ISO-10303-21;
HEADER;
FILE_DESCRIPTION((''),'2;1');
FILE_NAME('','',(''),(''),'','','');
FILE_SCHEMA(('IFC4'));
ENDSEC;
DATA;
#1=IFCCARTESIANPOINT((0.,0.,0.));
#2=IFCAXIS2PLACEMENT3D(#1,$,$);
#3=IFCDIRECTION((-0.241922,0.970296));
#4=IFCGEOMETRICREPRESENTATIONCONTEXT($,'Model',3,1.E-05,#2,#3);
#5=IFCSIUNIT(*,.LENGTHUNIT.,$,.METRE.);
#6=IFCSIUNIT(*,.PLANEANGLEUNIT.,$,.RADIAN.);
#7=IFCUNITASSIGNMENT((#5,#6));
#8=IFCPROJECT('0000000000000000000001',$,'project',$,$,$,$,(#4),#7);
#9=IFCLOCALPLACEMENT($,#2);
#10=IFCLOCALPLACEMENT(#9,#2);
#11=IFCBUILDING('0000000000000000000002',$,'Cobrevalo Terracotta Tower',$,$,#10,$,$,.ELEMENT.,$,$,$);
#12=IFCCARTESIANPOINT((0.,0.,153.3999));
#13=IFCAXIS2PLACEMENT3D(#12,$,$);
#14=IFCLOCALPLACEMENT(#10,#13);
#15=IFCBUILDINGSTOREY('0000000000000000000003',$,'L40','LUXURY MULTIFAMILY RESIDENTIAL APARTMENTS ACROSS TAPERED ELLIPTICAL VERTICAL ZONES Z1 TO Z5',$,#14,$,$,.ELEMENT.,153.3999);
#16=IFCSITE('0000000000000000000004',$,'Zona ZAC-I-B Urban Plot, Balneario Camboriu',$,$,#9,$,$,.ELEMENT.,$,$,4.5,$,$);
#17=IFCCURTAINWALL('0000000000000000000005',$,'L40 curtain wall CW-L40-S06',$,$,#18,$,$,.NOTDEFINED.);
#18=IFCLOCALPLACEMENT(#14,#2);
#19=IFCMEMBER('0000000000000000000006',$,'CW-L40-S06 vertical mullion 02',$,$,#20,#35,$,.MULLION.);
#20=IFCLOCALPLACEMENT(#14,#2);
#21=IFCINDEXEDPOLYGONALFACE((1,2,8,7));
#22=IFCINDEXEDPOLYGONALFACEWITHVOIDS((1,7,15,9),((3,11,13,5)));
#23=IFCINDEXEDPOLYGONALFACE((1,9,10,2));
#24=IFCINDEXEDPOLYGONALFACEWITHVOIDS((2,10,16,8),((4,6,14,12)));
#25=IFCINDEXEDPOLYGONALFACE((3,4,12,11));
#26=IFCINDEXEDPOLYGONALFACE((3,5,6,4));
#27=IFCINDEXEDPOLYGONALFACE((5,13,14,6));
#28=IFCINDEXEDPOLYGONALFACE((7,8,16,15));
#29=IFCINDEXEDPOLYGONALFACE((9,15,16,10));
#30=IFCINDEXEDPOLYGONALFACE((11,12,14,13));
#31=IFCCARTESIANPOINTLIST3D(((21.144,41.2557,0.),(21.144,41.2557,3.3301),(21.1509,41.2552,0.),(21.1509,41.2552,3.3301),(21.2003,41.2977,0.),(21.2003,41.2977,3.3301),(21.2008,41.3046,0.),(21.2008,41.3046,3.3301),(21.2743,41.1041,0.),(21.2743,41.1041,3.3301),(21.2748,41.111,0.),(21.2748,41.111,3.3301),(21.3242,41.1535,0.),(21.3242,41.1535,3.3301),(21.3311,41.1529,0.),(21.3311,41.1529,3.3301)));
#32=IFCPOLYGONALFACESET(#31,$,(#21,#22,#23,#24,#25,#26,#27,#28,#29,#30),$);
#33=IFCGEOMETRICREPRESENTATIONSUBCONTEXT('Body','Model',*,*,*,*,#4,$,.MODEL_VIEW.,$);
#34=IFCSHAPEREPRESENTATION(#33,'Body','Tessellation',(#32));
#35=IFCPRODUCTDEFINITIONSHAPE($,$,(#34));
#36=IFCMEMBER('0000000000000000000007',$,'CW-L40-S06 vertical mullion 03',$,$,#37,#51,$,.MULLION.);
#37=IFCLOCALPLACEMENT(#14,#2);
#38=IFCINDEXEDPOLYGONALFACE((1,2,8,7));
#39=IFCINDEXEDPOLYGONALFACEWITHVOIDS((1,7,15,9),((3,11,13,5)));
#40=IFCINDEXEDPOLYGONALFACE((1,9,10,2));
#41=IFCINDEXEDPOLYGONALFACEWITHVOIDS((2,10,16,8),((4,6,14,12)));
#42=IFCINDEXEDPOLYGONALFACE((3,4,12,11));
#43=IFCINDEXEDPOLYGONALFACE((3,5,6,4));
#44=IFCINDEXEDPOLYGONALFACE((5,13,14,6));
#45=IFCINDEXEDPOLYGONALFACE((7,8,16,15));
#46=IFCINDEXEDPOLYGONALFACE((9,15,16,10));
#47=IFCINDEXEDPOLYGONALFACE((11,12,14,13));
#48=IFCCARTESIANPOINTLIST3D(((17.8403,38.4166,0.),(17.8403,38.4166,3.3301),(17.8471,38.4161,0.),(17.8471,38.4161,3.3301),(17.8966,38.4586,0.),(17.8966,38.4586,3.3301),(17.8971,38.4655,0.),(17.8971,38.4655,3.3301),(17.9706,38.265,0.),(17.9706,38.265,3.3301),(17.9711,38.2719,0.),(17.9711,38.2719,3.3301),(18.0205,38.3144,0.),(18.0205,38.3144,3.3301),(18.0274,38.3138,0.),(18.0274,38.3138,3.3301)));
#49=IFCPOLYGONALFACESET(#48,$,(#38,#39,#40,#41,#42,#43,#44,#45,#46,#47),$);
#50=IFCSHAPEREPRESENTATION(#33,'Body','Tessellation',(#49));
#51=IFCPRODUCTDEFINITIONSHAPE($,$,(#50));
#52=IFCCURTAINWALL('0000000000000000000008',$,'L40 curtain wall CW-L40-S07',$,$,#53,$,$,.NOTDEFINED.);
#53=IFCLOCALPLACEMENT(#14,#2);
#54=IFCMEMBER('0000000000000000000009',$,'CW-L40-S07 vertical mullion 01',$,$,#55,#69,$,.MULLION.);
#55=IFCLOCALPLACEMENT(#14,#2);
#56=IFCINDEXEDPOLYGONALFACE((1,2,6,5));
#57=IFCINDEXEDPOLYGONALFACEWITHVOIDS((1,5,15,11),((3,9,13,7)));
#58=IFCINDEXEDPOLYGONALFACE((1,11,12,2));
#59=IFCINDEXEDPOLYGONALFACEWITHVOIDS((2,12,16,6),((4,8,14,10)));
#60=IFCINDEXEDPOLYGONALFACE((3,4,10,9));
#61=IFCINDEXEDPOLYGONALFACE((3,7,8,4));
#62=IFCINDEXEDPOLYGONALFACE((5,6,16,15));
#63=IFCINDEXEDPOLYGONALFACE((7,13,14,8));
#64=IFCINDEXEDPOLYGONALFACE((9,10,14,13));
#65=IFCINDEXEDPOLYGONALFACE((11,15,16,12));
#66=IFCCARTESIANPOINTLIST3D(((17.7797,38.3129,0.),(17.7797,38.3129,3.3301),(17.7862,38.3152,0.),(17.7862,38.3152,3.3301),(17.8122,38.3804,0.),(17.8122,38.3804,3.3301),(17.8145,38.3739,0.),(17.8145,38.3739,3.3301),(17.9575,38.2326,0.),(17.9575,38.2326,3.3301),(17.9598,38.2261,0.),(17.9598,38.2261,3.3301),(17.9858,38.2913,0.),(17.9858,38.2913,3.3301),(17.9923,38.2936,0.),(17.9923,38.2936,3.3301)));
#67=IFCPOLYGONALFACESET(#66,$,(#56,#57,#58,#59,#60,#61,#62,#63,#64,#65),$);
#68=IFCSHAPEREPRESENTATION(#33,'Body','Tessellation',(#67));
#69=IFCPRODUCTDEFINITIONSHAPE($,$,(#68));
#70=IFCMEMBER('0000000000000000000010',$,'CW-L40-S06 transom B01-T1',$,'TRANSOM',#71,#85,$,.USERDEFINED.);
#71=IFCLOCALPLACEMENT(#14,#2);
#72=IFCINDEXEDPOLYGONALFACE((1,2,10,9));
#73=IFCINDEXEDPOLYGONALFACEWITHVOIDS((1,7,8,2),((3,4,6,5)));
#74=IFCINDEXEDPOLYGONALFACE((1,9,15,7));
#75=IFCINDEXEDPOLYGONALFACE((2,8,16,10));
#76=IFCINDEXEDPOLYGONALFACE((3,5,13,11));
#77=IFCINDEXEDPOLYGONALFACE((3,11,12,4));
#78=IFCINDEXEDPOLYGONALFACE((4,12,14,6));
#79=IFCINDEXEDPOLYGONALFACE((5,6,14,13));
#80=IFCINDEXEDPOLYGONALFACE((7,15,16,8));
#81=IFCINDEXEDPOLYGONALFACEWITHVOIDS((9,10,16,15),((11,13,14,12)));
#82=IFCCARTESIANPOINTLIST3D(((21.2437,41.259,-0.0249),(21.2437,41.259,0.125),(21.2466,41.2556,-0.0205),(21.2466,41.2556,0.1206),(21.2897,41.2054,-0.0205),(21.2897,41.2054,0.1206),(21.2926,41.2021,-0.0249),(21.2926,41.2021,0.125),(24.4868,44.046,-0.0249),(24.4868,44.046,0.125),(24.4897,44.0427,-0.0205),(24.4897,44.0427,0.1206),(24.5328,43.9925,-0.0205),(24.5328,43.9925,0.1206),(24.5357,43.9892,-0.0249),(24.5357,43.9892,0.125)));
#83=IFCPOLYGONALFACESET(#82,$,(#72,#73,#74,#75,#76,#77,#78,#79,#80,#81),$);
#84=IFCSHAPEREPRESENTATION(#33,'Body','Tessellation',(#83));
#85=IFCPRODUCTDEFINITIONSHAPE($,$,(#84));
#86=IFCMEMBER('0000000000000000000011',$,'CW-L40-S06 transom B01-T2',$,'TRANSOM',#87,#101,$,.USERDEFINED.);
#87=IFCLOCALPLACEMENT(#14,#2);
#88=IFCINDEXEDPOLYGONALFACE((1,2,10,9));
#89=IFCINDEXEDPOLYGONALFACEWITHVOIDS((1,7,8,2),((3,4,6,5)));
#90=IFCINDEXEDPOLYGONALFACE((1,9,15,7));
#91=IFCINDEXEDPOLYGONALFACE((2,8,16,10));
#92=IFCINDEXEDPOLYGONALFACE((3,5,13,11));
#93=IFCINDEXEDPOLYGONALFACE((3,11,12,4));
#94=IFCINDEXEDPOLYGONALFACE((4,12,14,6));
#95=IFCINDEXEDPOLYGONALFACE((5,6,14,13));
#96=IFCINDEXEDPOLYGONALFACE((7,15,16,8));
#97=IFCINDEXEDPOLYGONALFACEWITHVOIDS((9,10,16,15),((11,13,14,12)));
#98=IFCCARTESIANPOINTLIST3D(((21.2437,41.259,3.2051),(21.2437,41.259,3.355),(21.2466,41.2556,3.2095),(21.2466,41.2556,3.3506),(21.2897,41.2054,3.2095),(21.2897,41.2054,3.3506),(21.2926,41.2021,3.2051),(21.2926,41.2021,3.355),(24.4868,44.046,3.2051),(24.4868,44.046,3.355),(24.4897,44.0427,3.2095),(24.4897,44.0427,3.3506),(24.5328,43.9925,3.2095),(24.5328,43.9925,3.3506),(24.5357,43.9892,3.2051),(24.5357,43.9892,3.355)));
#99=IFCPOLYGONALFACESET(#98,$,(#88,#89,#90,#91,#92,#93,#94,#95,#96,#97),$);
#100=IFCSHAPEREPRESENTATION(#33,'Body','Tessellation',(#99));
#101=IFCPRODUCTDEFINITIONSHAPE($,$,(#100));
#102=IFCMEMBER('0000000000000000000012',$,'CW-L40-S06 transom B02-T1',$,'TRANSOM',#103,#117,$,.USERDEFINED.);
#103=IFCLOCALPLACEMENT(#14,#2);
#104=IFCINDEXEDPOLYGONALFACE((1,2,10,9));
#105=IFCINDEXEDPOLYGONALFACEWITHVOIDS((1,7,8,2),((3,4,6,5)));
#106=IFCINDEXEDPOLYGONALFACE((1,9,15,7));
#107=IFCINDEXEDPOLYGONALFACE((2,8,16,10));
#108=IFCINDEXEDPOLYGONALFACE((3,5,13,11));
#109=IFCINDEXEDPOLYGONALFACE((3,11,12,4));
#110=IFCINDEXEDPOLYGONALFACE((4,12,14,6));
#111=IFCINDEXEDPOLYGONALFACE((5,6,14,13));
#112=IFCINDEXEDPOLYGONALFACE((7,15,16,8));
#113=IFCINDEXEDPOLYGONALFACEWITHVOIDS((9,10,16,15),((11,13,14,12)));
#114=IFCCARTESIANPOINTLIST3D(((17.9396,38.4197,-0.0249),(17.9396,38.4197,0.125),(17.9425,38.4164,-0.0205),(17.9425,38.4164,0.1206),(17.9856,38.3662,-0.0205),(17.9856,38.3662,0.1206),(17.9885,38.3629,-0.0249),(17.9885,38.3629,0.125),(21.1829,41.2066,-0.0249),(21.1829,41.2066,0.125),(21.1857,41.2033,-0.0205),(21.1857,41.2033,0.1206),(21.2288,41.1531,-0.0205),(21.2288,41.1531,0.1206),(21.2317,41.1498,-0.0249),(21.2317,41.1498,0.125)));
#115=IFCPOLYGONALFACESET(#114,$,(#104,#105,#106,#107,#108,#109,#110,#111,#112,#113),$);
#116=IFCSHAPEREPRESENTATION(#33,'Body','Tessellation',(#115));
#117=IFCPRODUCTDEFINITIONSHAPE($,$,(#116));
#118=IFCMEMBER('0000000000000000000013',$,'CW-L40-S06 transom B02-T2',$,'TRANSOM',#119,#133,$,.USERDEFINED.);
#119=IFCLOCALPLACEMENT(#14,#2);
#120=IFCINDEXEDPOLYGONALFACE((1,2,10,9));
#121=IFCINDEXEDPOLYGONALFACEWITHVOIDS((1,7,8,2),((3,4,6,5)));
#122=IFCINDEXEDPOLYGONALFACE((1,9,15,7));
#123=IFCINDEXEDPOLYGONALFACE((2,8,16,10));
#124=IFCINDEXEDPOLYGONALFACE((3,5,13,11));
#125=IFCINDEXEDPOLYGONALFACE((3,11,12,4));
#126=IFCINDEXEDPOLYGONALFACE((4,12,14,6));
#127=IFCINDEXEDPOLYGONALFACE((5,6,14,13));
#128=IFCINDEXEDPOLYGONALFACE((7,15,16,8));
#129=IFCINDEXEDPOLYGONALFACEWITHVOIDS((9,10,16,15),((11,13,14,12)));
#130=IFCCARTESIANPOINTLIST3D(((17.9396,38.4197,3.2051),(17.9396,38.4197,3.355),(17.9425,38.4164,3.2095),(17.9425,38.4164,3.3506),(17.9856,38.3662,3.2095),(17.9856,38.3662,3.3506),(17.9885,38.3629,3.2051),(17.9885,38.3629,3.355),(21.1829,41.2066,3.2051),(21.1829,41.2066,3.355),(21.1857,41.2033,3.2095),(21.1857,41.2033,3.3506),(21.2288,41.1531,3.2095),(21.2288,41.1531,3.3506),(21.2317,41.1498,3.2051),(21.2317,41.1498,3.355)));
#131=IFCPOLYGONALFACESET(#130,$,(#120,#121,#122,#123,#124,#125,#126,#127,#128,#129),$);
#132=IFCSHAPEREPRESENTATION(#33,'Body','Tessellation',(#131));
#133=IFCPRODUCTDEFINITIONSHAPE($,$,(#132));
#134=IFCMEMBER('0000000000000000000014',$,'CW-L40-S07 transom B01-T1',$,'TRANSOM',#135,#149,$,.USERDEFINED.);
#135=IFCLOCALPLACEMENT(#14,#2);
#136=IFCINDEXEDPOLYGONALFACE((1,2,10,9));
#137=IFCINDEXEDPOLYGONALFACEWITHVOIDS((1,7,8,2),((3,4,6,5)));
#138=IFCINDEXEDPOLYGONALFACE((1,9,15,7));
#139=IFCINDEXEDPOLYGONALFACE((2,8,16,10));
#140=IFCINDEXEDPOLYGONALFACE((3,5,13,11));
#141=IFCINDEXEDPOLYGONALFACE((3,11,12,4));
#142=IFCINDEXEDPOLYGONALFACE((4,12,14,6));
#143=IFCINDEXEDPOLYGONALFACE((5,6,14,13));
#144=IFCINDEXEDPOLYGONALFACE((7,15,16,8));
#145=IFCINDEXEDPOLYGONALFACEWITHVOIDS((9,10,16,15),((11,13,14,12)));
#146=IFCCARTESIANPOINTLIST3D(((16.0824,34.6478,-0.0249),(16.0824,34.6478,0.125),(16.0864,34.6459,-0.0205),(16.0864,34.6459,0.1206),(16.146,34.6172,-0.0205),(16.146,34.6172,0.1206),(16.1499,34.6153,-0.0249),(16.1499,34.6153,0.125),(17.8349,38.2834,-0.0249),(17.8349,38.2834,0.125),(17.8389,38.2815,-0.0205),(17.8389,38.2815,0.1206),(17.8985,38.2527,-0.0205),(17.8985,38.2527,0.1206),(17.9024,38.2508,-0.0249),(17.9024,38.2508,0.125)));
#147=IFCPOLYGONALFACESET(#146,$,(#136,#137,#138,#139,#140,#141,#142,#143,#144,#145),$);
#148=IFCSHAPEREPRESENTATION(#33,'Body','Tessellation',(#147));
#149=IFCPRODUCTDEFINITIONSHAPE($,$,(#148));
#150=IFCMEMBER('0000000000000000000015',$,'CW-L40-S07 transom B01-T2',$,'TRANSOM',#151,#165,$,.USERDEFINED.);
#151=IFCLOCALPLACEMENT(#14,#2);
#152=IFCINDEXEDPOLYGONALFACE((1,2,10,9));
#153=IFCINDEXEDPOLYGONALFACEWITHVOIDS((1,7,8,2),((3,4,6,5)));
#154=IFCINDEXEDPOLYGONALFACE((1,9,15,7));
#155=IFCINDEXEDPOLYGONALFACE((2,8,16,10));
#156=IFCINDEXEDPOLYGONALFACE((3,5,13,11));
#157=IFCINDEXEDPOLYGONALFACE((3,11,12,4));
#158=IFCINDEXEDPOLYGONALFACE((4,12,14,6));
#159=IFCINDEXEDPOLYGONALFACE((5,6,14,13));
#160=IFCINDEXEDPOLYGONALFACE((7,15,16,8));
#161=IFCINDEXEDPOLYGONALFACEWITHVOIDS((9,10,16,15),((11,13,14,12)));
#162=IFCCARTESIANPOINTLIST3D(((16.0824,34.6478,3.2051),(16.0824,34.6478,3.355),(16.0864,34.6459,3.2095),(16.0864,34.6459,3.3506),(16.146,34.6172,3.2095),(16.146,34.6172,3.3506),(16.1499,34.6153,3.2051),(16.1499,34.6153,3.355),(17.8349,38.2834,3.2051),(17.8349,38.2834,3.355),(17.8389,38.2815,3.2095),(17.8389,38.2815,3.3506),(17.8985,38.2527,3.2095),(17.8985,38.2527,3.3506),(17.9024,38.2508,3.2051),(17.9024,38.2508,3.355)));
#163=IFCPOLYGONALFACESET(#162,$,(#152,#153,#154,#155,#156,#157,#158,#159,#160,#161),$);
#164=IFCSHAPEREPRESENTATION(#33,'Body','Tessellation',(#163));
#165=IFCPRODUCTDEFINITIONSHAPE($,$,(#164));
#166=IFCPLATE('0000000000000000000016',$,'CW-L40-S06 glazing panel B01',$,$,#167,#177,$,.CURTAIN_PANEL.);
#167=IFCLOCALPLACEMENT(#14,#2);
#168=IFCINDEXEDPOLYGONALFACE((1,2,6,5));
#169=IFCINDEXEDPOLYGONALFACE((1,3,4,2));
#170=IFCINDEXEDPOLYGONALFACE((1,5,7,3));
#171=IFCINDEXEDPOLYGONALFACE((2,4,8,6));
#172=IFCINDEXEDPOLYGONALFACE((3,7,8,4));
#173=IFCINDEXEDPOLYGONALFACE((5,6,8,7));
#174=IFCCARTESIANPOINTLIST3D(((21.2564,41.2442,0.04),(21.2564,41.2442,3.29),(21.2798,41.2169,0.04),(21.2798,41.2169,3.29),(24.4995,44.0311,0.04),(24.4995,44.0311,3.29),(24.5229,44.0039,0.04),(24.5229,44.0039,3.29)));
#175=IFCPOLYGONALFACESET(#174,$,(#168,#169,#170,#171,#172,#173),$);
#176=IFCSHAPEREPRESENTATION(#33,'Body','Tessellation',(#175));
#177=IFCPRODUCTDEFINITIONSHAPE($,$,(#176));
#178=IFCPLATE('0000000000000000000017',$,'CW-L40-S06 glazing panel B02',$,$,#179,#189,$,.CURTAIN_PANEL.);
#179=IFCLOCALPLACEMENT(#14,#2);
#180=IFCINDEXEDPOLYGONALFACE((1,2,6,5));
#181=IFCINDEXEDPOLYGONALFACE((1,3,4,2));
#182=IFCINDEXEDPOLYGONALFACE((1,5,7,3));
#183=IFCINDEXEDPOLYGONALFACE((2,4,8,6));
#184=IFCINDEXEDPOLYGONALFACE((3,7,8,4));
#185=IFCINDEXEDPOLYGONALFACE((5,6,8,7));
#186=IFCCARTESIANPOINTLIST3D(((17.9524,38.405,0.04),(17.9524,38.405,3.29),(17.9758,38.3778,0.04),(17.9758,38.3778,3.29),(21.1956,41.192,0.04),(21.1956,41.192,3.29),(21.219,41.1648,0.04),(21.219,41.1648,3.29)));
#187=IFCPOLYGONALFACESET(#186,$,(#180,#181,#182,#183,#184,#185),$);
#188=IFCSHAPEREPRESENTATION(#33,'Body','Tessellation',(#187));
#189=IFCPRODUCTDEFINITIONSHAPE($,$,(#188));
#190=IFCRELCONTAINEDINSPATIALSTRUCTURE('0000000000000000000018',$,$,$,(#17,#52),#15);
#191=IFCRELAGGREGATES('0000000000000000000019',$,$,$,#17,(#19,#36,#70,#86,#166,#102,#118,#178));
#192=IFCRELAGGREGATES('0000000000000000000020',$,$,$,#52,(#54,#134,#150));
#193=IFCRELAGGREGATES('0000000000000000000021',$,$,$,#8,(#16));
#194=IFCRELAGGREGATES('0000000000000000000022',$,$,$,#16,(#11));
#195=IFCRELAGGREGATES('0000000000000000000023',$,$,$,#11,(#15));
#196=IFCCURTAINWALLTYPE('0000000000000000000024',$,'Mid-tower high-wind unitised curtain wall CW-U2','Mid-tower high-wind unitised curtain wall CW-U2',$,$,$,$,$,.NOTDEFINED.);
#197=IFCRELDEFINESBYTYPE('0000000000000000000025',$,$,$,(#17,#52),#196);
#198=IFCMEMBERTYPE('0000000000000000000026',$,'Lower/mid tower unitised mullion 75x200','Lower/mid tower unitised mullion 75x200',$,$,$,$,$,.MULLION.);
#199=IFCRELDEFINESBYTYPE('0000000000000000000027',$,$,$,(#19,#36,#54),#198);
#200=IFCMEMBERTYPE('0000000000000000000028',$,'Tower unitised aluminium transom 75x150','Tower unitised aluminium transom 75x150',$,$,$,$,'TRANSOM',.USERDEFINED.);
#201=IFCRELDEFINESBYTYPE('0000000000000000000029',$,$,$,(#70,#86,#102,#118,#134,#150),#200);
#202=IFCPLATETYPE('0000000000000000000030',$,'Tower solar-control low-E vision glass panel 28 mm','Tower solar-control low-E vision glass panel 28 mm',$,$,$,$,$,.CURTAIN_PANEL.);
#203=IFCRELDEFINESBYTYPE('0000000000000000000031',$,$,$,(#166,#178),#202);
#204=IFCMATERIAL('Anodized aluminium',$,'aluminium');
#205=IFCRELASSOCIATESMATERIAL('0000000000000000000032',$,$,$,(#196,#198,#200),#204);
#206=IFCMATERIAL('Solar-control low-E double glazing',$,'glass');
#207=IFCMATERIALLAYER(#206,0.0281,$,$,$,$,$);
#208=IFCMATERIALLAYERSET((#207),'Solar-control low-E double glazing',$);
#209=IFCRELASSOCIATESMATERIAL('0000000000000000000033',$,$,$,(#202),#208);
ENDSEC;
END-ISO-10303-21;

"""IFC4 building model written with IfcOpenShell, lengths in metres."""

from ifc_helpers import new_model, si_unit, direction, frame, origin, origin_2d, place, context, subcontext, project, spatial, rectangle, hollow_rectangle, extrude, source, transform, mapped, material, layer, layer_set, material_profile, profile_set, type_object, element, aggregate, save


model = new_model("IFC4")

# Units and contexts
model_context = context("Model", 3, precision=1e-05, world=origin(), true_north=direction((-0.241922, 0.970296)))
body_context = subcontext(model_context, "Body", "Model", "MODEL_VIEW")
ifc_project = project(units=[si_unit("LENGTHUNIT", "METRE"), si_unit("PLANEANGLEUNIT", "RADIAN")], contexts=[model_context])

# Site, building, storey
site_placement = place(None, origin())
site = spatial("IfcSite", under=ifc_project, at=site_placement, Name="Zona ZAC-I-B Urban Plot, Balneario Camboriu", CompositionType="ELEMENT", RefElevation=4.5)
building_placement = place(site_placement, origin())
building = spatial("IfcBuilding", under=site, at=building_placement, Name="Cobrevalo Terracotta Tower", CompositionType="ELEMENT")
storey_placement = place(building_placement, frame((0.0, 0.0, 153.3999)))
storey = spatial("IfcBuildingStorey", under=building, at=storey_placement, Name="L40", Description="LUXURY MULTIFAMILY RESIDENTIAL APARTMENTS ACROSS TAPERED ELLIPTICAL VERTICAL ZONES Z1 TO Z5", CompositionType="ELEMENT", Elevation=153.3999)

# Shared definitions
ifc_material_1 = material(Name="Anodized aluminium", Category="aluminium")
curtain_wall_type = type_object("IfcCurtainWallType", Name="Mid-tower high-wind unitised curtain wall CW-U2", Description="Mid-tower high-wind unitised curtain wall CW-U2", PredefinedType="NOTDEFINED", material=ifc_material_1)
ifc_material_profile_1 = material_profile(ifc_material_1, hollow_rectangle(XDim=0.075, YDim=0.2, WallThickness=0.0049, at=origin_2d()), Name="CWM 75x200")
ifc_profile_set_1 = profile_set([ifc_material_profile_1], Name="Anodized aluminium")
member_type_1 = type_object("IfcMemberType", Name="Lower/mid tower unitised mullion 75x200", Description="Lower/mid tower unitised mullion 75x200", PredefinedType="MULLION", material=ifc_profile_set_1)
shared_shape_1 = source(origin(), body_context, "Body", "SweptSolid", [
    extrude(hollow_rectangle(XDim=0.075, YDim=0.2, WallThickness=0.0049, at=origin_2d()), origin(), (0.0, 0.0, 1.0), 3.3301),
])

# Curtain wall, members
curtain_wall_1_placement = place(storey_placement, origin())
curtain_wall_1 = element("IfcCurtainWall", 1, at=curtain_wall_1_placement, inside=storey, type_object=curtain_wall_type, Name="L40 curtain wall CW-L40-S06", PredefinedType="NOTDEFINED")
member_1_placement = place(storey_placement, frame((21.2375, 41.2043, 0.0), z_axis=(0.0, 0.0, 1.0), x_axis=(-0.758442, -0.651741, 0.0)))
member_1 = element("IfcMember", 2, at=member_1_placement, type_object=member_type_1, Name="CW-L40-S06 vertical mullion 02", PredefinedType="MULLION", context=body_context, shape_type="MappedRepresentation", body=[
    mapped(shared_shape_1, transform((0.0, 0.0, 0.0), scale=1.0)),
])
member_2_placement = place(storey_placement, frame((17.9338, 38.3652, 0.0), z_axis=(0.0, 0.0, 1.0), x_axis=(-0.758442, -0.651741, 0.0)))
member_2 = element("IfcMember", 3, at=member_2_placement, type_object=member_type_1, Name="CW-L40-S06 vertical mullion 03", PredefinedType="MULLION", context=body_context, shape_type="MappedRepresentation", body=[
    mapped(shared_shape_1, transform((0.0, 0.0, 0.0), scale=1.0)),
])

# Curtain wall, member
curtain_wall_2_placement = place(storey_placement, origin())
curtain_wall_2 = element("IfcCurtainWall", 4, at=curtain_wall_2_placement, inside=storey, type_object=curtain_wall_type, Name="L40 curtain wall CW-L40-S07", PredefinedType="NOTDEFINED")
member_3_placement = place(storey_placement, frame((17.886, 38.3032, 0.0), z_axis=(0.0, 0.0, 1.0), x_axis=(-0.434209, -0.900812, 0.0)))
member_3 = element("IfcMember", 5, at=member_3_placement, type_object=member_type_1, Name="CW-L40-S07 vertical mullion 01", PredefinedType="MULLION", context=body_context, shape_type="MappedRepresentation", body=[
    mapped(shared_shape_1, transform((0.0, 0.0, 0.0), scale=1.0)),
])

# Members
ifc_material_profile_2 = material_profile(ifc_material_1, hollow_rectangle(XDim=0.075, YDim=0.1499, WallThickness=0.0044, at=origin_2d()), Name="CWT 75x150")
ifc_profile_set_2 = profile_set([ifc_material_profile_2], Name="Anodized aluminium")
member_type_2 = type_object("IfcMemberType", Name="Tower unitised aluminium transom 75x150", Description="Tower unitised aluminium transom 75x150", ElementType="TRANSOM", PredefinedType="USERDEFINED", material=ifc_profile_set_2)
shared_shape_2 = source(origin(), body_context, "Body", "SweptSolid", [
    extrude(hollow_rectangle(XDim=0.075, YDim=0.1499, WallThickness=0.0044, at=origin_2d()), origin(), (0.0, 0.0, 1.0), 4.2761),
])
member_4_placement = place(storey_placement, frame((24.5112, 44.0176, 0.05), z_axis=(-0.758418, -0.651769, 0.0), x_axis=(0.651769, -0.758418, 0.0)))
member_4 = element("IfcMember", 6, at=member_4_placement, type_object=member_type_2, Name="CW-L40-S06 transom B01-T1", ObjectType="TRANSOM", PredefinedType="USERDEFINED", context=body_context, shape_type="MappedRepresentation", body=[
    mapped(shared_shape_2, transform((0.0, 0.0, 0.0), scale=1.0)),
])
member_5_placement = place(storey_placement, frame((24.5112, 44.0176, 3.28), z_axis=(-0.758418, -0.651769, 0.0), x_axis=(0.651769, -0.758418, 0.0)))
member_5 = element("IfcMember", 7, at=member_5_placement, type_object=member_type_2, Name="CW-L40-S06 transom B01-T2", ObjectType="TRANSOM", PredefinedType="USERDEFINED", context=body_context, shape_type="MappedRepresentation", body=[
    mapped(shared_shape_2, transform((0.0, 0.0, 0.0), scale=1.0)),
])
member_6_placement = place(storey_placement, frame((21.2073, 41.1782, 0.05), z_axis=(-0.758446, -0.651736, 0.0), x_axis=(0.651736, -0.758446, 0.0)))
member_6 = element("IfcMember", 8, at=member_6_placement, type_object=member_type_2, Name="CW-L40-S06 transom B02-T1", ObjectType="TRANSOM", PredefinedType="USERDEFINED", context=body_context, shape_type="MappedRepresentation", body=[
    mapped(shared_shape_2, transform((0.0, 0.0, 0.0), scale=1.0)),
])
member_7_placement = place(storey_placement, frame((21.2073, 41.1782, 3.28), z_axis=(-0.758446, -0.651736, 0.0), x_axis=(0.651736, -0.758446, 0.0)))
member_7 = element("IfcMember", 9, at=member_7_placement, type_object=member_type_2, Name="CW-L40-S06 transom B02-T2", ObjectType="TRANSOM", PredefinedType="USERDEFINED", context=body_context, shape_type="MappedRepresentation", body=[
    mapped(shared_shape_2, transform((0.0, 0.0, 0.0), scale=1.0)),
])
shared_shape_3 = source(origin(), body_context, "Body", "SweptSolid", [
    extrude(hollow_rectangle(XDim=0.075, YDim=0.1499, WallThickness=0.0044, at=origin_2d()), origin(), (0.0, 0.0, 1.0), 4.0359),
])
member_8_placement = place(storey_placement, frame((17.8687, 38.2671, 0.05), z_axis=(-0.434221, -0.900806, 0.0), x_axis=(0.900806, -0.434221, 0.0)))
member_8 = element("IfcMember", 10, at=member_8_placement, type_object=member_type_2, Name="CW-L40-S07 transom B01-T1", ObjectType="TRANSOM", PredefinedType="USERDEFINED", context=body_context, shape_type="MappedRepresentation", body=[
    mapped(shared_shape_3, transform((0.0, 0.0, 0.0), scale=1.0)),
])
member_9_placement = place(storey_placement, frame((17.8687, 38.2671, 3.28), z_axis=(-0.434221, -0.900806, 0.0), x_axis=(0.900806, -0.434221, 0.0)))
member_9 = element("IfcMember", 11, at=member_9_placement, type_object=member_type_2, Name="CW-L40-S07 transom B01-T2", ObjectType="TRANSOM", PredefinedType="USERDEFINED", context=body_context, shape_type="MappedRepresentation", body=[
    mapped(shared_shape_3, transform((0.0, 0.0, 0.0), scale=1.0)),
])

# Plates
ifc_material_2 = material(Name="Solar-control low-E double glazing", Category="glass")
ifc_layer_1 = layer(ifc_material_2, 0.0281)
ifc_layer_set_1 = layer_set([ifc_layer_1], Name="Solar-control low-E double glazing")
plate_type = type_object("IfcPlateType", Name="Tower solar-control low-E vision glass panel 28 mm", Description="Tower solar-control low-E vision glass panel 28 mm", PredefinedType="CURTAIN_PANEL", material=ifc_layer_set_1)
shared_shape_4 = source(origin(), body_context, "Body", "SweptSolid", [
    extrude(rectangle(XDim=4.2761, YDim=0.0359, at=origin_2d()), origin(), (0.0, 0.0, 1.0), 3.25),
])
plate_1_placement = place(storey_placement, frame((22.8896, 42.624, 0.04), z_axis=(0.0, 0.0, 1.0), x_axis=(-0.758437, -0.651746, 0.0)))
plate_1 = element("IfcPlate", 12, at=plate_1_placement, type_object=plate_type, Name="CW-L40-S06 glazing panel B01", PredefinedType="CURTAIN_PANEL", context=body_context, shape_type="MappedRepresentation", body=[
    mapped(shared_shape_4, transform((0.0, 0.0, 0.0), scale=1.0)),
])
plate_2_placement = place(storey_placement, frame((19.5857, 39.7849, 0.04), z_axis=(0.0, 0.0, 1.0), x_axis=(-0.758437, -0.651746, 0.0)))
plate_2 = element("IfcPlate", 13, at=plate_2_placement, type_object=plate_type, Name="CW-L40-S06 glazing panel B02", PredefinedType="CURTAIN_PANEL", context=body_context, shape_type="MappedRepresentation", body=[
    mapped(shared_shape_4, transform((0.0, 0.0, 0.0), scale=1.0)),
])
aggregate(curtain_wall_1, [member_1, member_2, member_4, member_5, plate_1, member_6, member_7, plate_2])
aggregate(curtain_wall_2, [member_3, member_8, member_9])

save(model, "model.ifc")
